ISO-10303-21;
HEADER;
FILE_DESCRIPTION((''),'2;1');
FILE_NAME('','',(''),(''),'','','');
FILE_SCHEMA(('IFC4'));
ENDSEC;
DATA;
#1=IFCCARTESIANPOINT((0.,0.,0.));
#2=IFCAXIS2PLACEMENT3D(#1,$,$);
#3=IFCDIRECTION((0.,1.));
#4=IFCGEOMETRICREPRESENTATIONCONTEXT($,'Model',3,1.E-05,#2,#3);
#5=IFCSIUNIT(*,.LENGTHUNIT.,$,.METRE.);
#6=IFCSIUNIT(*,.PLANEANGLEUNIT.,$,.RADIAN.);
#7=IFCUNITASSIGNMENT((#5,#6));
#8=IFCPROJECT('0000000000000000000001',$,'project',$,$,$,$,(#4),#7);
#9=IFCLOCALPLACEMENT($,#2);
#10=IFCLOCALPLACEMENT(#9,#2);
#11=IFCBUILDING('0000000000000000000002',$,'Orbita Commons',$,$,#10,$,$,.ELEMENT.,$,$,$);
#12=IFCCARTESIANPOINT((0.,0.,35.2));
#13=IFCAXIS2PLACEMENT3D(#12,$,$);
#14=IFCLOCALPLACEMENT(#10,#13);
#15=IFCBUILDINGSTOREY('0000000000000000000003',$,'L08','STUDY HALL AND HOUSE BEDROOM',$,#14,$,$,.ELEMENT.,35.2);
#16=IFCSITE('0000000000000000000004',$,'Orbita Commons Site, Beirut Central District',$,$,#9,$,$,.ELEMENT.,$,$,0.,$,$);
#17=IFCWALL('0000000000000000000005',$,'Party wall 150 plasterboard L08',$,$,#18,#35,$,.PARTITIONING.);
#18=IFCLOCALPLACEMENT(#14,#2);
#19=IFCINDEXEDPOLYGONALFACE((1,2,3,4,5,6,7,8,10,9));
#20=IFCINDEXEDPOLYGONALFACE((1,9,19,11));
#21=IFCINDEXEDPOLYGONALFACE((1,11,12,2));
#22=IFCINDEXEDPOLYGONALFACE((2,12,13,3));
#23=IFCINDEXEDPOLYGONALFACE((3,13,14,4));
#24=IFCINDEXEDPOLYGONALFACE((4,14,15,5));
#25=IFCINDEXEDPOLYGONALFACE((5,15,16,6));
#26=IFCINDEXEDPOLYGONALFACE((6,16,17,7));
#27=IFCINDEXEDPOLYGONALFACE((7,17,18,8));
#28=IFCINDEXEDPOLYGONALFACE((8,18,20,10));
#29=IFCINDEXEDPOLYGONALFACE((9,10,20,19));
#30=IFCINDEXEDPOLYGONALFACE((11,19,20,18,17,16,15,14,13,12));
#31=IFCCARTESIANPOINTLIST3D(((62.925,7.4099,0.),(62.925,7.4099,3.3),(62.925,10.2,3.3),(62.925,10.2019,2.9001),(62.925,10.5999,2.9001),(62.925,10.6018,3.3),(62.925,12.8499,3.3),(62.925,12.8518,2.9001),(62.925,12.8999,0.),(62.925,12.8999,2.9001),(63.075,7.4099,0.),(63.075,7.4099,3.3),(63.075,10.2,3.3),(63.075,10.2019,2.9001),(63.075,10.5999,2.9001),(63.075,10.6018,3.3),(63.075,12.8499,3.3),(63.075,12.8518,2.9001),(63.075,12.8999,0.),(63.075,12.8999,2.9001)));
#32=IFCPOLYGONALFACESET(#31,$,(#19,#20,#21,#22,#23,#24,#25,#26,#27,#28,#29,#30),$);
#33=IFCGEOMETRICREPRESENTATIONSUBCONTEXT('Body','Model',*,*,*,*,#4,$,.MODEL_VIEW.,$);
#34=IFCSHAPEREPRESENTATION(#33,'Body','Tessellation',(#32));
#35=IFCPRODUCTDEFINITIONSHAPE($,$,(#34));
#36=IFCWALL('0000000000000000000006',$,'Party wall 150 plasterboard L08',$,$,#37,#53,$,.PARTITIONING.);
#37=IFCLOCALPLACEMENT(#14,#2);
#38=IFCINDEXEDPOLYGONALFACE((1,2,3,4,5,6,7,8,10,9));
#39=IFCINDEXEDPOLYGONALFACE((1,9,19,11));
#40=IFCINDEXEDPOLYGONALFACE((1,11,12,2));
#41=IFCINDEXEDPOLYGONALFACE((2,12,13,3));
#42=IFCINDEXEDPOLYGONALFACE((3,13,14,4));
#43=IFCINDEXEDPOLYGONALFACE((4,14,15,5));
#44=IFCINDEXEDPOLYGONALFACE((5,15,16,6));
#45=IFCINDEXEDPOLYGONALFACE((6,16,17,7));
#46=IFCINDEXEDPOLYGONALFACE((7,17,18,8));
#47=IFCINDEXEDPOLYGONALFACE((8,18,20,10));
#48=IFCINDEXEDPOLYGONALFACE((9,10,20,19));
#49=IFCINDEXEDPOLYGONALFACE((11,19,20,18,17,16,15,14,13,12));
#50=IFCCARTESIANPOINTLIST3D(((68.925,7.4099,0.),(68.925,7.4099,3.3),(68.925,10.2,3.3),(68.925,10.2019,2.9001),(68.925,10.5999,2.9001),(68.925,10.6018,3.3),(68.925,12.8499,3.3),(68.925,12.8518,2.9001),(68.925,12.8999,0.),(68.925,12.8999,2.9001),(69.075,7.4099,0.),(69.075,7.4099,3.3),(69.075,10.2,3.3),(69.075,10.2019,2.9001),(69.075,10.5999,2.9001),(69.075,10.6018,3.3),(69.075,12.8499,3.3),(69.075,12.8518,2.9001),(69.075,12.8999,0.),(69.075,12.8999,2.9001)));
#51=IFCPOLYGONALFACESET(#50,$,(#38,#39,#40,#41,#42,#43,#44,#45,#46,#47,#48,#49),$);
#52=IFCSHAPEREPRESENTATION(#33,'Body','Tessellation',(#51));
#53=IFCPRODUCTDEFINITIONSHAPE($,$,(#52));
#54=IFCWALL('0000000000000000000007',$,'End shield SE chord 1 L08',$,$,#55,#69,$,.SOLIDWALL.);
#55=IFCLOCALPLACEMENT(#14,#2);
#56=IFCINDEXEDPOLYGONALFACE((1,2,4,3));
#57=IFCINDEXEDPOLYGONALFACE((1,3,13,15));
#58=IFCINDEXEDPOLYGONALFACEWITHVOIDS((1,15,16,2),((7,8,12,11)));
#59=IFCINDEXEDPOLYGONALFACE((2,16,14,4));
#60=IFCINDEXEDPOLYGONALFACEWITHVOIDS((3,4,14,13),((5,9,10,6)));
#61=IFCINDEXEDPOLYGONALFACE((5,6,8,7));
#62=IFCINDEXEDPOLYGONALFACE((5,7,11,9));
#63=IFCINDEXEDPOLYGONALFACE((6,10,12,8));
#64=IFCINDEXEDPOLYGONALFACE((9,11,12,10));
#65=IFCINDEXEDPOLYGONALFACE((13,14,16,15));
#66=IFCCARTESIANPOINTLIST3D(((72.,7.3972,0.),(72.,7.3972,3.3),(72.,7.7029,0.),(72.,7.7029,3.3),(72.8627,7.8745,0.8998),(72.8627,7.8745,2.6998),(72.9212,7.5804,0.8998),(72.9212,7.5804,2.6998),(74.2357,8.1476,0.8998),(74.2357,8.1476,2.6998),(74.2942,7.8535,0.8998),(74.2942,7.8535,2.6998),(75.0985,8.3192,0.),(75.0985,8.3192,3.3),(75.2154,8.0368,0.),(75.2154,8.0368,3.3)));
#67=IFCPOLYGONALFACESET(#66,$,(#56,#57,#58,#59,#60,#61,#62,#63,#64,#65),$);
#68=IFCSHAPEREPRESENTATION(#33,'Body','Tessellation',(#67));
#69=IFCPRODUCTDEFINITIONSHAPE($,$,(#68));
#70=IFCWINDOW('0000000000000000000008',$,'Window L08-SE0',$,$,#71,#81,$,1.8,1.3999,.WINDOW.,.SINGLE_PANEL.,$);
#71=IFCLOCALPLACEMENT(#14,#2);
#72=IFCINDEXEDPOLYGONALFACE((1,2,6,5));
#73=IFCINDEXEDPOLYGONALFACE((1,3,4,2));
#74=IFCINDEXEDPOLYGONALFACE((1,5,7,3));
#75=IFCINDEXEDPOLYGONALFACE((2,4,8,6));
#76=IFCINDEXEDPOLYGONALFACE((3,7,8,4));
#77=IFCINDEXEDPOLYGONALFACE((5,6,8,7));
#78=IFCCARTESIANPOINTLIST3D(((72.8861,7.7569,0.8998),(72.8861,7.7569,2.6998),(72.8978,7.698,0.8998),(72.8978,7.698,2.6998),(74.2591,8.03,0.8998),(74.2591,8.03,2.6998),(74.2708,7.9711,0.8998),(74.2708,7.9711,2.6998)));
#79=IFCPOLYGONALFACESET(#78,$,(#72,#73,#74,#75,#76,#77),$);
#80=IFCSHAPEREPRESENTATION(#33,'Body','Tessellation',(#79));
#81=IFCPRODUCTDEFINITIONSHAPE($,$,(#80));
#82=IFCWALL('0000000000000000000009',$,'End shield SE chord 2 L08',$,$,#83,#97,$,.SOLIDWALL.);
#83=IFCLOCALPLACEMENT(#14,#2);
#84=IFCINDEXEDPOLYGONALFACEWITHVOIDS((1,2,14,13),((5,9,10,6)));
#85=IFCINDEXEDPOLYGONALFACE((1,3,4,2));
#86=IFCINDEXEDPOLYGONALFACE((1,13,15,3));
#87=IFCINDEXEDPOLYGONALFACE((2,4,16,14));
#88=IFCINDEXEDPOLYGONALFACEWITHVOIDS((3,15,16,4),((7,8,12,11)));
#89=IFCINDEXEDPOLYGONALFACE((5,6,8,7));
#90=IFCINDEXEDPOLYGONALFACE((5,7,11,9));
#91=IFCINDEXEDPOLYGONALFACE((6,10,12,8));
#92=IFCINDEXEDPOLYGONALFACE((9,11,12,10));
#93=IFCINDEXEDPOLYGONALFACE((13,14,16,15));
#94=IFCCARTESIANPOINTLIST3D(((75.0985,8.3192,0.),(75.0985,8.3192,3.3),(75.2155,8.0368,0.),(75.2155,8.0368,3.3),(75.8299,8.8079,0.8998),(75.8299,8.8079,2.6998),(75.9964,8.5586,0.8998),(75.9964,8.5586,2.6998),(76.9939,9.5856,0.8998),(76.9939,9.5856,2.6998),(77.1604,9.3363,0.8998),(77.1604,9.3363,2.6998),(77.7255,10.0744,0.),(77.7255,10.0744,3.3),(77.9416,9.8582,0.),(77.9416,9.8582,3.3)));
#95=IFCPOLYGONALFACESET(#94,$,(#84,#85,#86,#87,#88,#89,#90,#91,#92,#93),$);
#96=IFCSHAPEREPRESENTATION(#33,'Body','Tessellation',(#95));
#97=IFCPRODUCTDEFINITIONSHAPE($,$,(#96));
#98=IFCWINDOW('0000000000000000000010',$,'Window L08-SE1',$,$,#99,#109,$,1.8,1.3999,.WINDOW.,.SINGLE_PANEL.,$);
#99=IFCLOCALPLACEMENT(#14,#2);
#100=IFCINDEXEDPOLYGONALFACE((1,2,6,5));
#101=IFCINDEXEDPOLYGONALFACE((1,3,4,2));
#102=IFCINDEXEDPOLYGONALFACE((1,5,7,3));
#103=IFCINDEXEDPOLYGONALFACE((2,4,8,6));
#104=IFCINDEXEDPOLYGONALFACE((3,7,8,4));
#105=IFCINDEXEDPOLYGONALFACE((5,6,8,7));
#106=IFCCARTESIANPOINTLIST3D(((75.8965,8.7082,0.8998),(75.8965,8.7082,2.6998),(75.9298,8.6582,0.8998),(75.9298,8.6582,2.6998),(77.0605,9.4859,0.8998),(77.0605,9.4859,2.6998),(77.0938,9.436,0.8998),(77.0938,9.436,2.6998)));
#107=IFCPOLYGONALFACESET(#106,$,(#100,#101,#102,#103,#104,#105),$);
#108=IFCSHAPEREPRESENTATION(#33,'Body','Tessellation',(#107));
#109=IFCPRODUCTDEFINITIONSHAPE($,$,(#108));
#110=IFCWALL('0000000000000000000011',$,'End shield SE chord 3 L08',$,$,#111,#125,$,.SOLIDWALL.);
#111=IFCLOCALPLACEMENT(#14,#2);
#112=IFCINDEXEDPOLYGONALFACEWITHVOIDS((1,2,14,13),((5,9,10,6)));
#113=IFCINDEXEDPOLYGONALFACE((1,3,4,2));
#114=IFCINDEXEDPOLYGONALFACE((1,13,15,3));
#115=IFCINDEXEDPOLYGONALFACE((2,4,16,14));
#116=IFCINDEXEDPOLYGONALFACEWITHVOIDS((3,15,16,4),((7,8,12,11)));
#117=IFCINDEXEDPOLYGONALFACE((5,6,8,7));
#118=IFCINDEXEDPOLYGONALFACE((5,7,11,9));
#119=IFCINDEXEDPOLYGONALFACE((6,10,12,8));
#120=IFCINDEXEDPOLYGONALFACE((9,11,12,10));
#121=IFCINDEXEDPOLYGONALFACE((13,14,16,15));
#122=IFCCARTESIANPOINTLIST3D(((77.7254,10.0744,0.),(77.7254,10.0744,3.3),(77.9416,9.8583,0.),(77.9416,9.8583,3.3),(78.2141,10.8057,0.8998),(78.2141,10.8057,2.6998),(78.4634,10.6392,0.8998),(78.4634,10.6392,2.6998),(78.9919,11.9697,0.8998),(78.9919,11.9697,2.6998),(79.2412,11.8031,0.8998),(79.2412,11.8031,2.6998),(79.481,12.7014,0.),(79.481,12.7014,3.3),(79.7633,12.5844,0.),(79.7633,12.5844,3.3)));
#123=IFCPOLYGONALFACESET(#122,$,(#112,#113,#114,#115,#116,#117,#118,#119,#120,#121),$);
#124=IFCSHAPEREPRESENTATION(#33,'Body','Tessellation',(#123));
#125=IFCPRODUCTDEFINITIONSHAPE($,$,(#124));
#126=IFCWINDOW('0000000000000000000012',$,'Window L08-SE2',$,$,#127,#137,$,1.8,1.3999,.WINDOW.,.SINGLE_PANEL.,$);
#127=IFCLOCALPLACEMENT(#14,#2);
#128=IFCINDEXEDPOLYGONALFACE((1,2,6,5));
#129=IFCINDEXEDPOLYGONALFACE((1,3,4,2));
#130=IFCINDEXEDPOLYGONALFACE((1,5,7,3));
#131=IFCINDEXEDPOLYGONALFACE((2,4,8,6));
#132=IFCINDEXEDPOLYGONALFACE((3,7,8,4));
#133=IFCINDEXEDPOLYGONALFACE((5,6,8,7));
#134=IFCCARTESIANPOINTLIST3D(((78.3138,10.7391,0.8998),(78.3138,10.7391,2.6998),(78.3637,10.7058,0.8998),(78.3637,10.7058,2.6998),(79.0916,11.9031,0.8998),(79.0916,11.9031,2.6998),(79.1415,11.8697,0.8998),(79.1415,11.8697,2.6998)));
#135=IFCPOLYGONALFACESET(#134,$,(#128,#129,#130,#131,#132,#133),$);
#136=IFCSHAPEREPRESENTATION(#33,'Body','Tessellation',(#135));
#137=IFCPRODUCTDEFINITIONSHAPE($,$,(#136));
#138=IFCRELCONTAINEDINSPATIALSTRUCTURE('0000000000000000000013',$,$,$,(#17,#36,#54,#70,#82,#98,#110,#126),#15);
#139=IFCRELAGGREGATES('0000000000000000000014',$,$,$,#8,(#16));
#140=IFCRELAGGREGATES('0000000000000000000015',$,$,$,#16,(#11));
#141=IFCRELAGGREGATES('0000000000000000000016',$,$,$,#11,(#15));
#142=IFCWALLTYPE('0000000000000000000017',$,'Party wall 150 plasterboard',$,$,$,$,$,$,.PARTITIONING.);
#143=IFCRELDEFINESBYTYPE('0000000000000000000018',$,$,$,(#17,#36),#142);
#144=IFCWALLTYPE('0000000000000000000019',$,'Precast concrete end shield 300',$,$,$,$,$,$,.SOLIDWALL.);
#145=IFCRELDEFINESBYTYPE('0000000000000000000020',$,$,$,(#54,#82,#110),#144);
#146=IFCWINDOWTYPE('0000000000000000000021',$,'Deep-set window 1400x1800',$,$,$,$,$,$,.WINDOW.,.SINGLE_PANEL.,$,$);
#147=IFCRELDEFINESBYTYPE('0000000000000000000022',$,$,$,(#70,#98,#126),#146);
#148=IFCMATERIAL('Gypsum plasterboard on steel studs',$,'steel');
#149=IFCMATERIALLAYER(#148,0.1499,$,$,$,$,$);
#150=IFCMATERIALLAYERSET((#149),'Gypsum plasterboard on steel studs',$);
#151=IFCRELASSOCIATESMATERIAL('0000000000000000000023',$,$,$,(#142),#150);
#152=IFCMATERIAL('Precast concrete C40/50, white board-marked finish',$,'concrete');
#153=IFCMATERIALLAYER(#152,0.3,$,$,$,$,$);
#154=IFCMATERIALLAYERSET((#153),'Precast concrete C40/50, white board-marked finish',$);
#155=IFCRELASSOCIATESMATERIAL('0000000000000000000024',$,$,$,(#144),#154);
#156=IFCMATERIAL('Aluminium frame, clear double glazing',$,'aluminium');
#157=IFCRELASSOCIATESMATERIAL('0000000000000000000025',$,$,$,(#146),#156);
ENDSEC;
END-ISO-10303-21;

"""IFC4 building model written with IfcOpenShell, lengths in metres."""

from ifc_helpers import new_model, si_unit, direction, frame, frame_2d, origin, place, context, subcontext, project, spatial, polyline, rectangle, outline, extrude, material, layer, layer_set, type_object, element, fill, save


model = new_model("IFC4")

# Units and contexts
model_context = context("Model", 3, precision=1e-05, world=origin(), true_north=direction((0.0, 1.0)))
body_context = subcontext(model_context, "Body", "Model", "MODEL_VIEW")
ifc_project = project(units=[si_unit("LENGTHUNIT", "METRE"), si_unit("PLANEANGLEUNIT", "RADIAN")], contexts=[model_context])

# Site, building, storey
site_placement = place(None, origin())
site = spatial("IfcSite", under=ifc_project, at=site_placement, Name="Orbita Commons Site, Beirut Central District", CompositionType="ELEMENT", RefElevation=0.0)
building_placement = place(site_placement, origin())
building = spatial("IfcBuilding", under=site, at=building_placement, Name="Orbita Commons", CompositionType="ELEMENT")
storey_placement = place(building_placement, frame((0.0, 0.0, 35.2)))
storey = spatial("IfcBuildingStorey", under=building, at=storey_placement, Name="L08", Description="STUDY HALL AND HOUSE BEDROOM", CompositionType="ELEMENT", Elevation=35.2)

# Walls
ifc_material_1 = material(Name="Gypsum plasterboard on steel studs", Category="steel")
ifc_layer_1 = layer(ifc_material_1, 0.1499)
ifc_layer_set_1 = layer_set([ifc_layer_1], Name="Gypsum plasterboard on steel studs")
wall_type_1 = type_object("IfcWallType", Name="Party wall 150 plasterboard", PredefinedType="PARTITIONING", material=ifc_layer_set_1)
for number, where, z_axis, x_axis, name in (
    (1, (63.0, 7.4099, 0.0), (0.0, 0.0, 1.0), (0.0, 1.0, 0.0), "Party wall 150 plasterboard L08"),
    (2, (69.0, 7.4099, 0.0), (0.0, 0.0, 1.0), (0.0, 1.0, 0.0), "Party wall 150 plasterboard L08"),
):
    element("IfcWall", number, at=place(storey_placement, frame(where, z_axis=z_axis, x_axis=x_axis)), inside=storey, type_object=wall_type_1, Name=name, PredefinedType="PARTITIONING", context=body_context, shape_type="SweptSolid", body=[
        extrude(outline(polyline([(0.0, 0.0), (5.49, 0.0), (5.49, 2.9001), (5.4419, 2.9001), (5.4399, 3.3), (3.1919, 3.3), (3.1899, 2.9001), (2.792, 2.9001), (2.79, 3.3), (0.0, 3.3), (0.0, 0.0)])), frame((0.0, 0.075, 0.0), z_axis=(0.0, -1.0, 0.0), x_axis=(1.0, 0.0, 0.0)), (0.0, 0.0, 1.0), 0.1499),
    ])

# Walls, openings, windows
ifc_material_2 = material(Name="Precast concrete C40/50, white board-marked finish", Category="concrete")
ifc_layer_2 = layer(ifc_material_2, 0.3)
ifc_layer_set_2 = layer_set([ifc_layer_2], Name="Precast concrete C40/50, white board-marked finish")
wall_type_2 = type_object("IfcWallType", Name="Precast concrete end shield 300", PredefinedType="SOLIDWALL", material=ifc_layer_set_2)
wall_1_placement = place(storey_placement, frame((72.0, 7.55, 0.0), z_axis=(0.0, 0.0, 1.0), x_axis=(0.980787, 0.19508, 0.0)))
wall_1 = element("IfcWall", 3, at=wall_1_placement, inside=storey, type_object=wall_type_2, Name="End shield SE chord 1 L08", PredefinedType="SOLIDWALL", context=body_context, shape_type="SweptSolid", body=[
    extrude(outline(polyline([(-0.0298, -0.1499), (3.2485, -0.1499), (3.189, 0.1499), (0.0298, 0.1499), (-0.0298, -0.1499)])), origin(), (0.0, 0.0, 1.0), 3.3),
])
opening_1_placement = place(wall_1_placement, frame((0.9094, 0.0, 0.8999)))
opening_1 = element("IfcOpeningElement", 4, at=opening_1_placement, cuts=wall_1, PredefinedType="OPENING", context=body_context, shape_type="SweptSolid", body=[
    extrude(rectangle(XDim=1.3999, YDim=1.8, at=frame_2d((0.7, 0.8999))), frame((0.0, 0.1599, 0.0), z_axis=(0.0, -1.0, 0.0), x_axis=(1.0, 0.0, 0.0)), (0.0, 0.0, 1.0), 0.3201),
])
ifc_material_3 = material(Name="Aluminium frame, clear double glazing", Category="aluminium")
window_type = type_object("IfcWindowType", Name="Deep-set window 1400x1800", PartitioningType="SINGLE_PANEL", PredefinedType="WINDOW", material=ifc_material_3)
window_1_placement = place(opening_1_placement, origin())
window_1 = element("IfcWindow", 5, at=window_1_placement, inside=storey, type_object=window_type, Name="Window L08-SE0", OverallHeight=1.8, OverallWidth=1.3999, PartitioningType="SINGLE_PANEL", PredefinedType="WINDOW", context=body_context, shape_type="SweptSolid", body=[
    extrude(rectangle(XDim=1.3999, YDim=1.8, at=frame_2d((0.7, 0.8999))), frame((0.0, 0.03, 0.0), z_axis=(0.0, -1.0, 0.0), x_axis=(1.0, 0.0, 0.0)), (0.0, 0.0, 1.0), 0.0601),
])
fill(opening_1, window_1)
wall_2_placement = place(storey_placement, frame((75.157, 8.178, 0.0), z_axis=(0.0, 0.0, 1.0), x_axis=(0.831478, 0.555558, 0.0)))
wall_2 = element("IfcWall", 6, at=wall_2_placement, inside=storey, type_object=wall_type_2, Name="End shield SE chord 2 L08", PredefinedType="SOLIDWALL", context=body_context, shape_type="SweptSolid", body=[
    extrude(outline(polyline([(-0.0298, -0.1499), (3.2488, -0.1499), (3.1892, 0.1499), (0.0298, 0.1499), (-0.0298, -0.1499)])), origin(), (0.0, 0.0, 1.0), 3.3),
])
opening_2_placement = place(wall_2_placement, frame((0.9094, 0.0, 0.8999)))
opening_2 = element("IfcOpeningElement", 7, at=opening_2_placement, cuts=wall_2, PredefinedType="OPENING", context=body_context, shape_type="SweptSolid", body=[
    extrude(rectangle(XDim=1.3999, YDim=1.8, at=frame_2d((0.7, 0.8999))), frame((0.0, 0.1599, 0.0), z_axis=(0.0, -1.0, 0.0), x_axis=(1.0, 0.0, 0.0)), (0.0, 0.0, 1.0), 0.3201),
])
window_2_placement = place(opening_2_placement, origin())
window_2 = element("IfcWindow", 8, at=window_2_placement, inside=storey, type_object=window_type, Name="Window L08-SE1", OverallHeight=1.8, OverallWidth=1.3999, PartitioningType="SINGLE_PANEL", PredefinedType="WINDOW", context=body_context, shape_type="SweptSolid", body=[
    extrude(rectangle(XDim=1.3999, YDim=1.8, at=frame_2d((0.7, 0.8999))), frame((0.0, 0.03, 0.0), z_axis=(0.0, -1.0, 0.0), x_axis=(1.0, 0.0, 0.0)), (0.0, 0.0, 1.0), 0.0601),
])
fill(opening_2, window_2)
wall_3_placement = place(storey_placement, frame((77.8335, 9.9663, 0.0), z_axis=(0.0, 0.0, 1.0), x_axis=(0.55561, 0.831443, 0.0)))
wall_3 = element("IfcWall", 9, at=wall_3_placement, inside=storey, type_object=wall_type_2, Name="End shield SE chord 3 L08", PredefinedType="SOLIDWALL", context=body_context, shape_type="SweptSolid", body=[
    extrude(outline(polyline([(-0.0298, -0.1499), (3.249, -0.1499), (3.1895, 0.1499), (0.0298, 0.1499), (-0.0298, -0.1499)])), origin(), (0.0, 0.0, 1.0), 3.3),
])
opening_3_placement = place(wall_3_placement, frame((0.9094, 0.0, 0.8999)))
opening_3 = element("IfcOpeningElement", 10, at=opening_3_placement, cuts=wall_3, PredefinedType="OPENING", context=body_context, shape_type="SweptSolid", body=[
    extrude(rectangle(XDim=1.3999, YDim=1.8, at=frame_2d((0.7, 0.8999))), frame((0.0, 0.1599, 0.0), z_axis=(0.0, -1.0, 0.0), x_axis=(1.0, 0.0, 0.0)), (0.0, 0.0, 1.0), 0.3201),
])
window_3_placement = place(opening_3_placement, origin())
window_3 = element("IfcWindow", 11, at=window_3_placement, inside=storey, type_object=window_type, Name="Window L08-SE2", OverallHeight=1.8, OverallWidth=1.3999, PartitioningType="SINGLE_PANEL", PredefinedType="WINDOW", context=body_context, shape_type="SweptSolid", body=[
    extrude(rectangle(XDim=1.3999, YDim=1.8, at=frame_2d((0.7, 0.8999))), frame((0.0, 0.03, 0.0), z_axis=(0.0, -1.0, 0.0), x_axis=(1.0, 0.0, 0.0)), (0.0, 0.0, 1.0), 0.0601),
])
fill(opening_3, window_3)

save(model, "model.ifc")
